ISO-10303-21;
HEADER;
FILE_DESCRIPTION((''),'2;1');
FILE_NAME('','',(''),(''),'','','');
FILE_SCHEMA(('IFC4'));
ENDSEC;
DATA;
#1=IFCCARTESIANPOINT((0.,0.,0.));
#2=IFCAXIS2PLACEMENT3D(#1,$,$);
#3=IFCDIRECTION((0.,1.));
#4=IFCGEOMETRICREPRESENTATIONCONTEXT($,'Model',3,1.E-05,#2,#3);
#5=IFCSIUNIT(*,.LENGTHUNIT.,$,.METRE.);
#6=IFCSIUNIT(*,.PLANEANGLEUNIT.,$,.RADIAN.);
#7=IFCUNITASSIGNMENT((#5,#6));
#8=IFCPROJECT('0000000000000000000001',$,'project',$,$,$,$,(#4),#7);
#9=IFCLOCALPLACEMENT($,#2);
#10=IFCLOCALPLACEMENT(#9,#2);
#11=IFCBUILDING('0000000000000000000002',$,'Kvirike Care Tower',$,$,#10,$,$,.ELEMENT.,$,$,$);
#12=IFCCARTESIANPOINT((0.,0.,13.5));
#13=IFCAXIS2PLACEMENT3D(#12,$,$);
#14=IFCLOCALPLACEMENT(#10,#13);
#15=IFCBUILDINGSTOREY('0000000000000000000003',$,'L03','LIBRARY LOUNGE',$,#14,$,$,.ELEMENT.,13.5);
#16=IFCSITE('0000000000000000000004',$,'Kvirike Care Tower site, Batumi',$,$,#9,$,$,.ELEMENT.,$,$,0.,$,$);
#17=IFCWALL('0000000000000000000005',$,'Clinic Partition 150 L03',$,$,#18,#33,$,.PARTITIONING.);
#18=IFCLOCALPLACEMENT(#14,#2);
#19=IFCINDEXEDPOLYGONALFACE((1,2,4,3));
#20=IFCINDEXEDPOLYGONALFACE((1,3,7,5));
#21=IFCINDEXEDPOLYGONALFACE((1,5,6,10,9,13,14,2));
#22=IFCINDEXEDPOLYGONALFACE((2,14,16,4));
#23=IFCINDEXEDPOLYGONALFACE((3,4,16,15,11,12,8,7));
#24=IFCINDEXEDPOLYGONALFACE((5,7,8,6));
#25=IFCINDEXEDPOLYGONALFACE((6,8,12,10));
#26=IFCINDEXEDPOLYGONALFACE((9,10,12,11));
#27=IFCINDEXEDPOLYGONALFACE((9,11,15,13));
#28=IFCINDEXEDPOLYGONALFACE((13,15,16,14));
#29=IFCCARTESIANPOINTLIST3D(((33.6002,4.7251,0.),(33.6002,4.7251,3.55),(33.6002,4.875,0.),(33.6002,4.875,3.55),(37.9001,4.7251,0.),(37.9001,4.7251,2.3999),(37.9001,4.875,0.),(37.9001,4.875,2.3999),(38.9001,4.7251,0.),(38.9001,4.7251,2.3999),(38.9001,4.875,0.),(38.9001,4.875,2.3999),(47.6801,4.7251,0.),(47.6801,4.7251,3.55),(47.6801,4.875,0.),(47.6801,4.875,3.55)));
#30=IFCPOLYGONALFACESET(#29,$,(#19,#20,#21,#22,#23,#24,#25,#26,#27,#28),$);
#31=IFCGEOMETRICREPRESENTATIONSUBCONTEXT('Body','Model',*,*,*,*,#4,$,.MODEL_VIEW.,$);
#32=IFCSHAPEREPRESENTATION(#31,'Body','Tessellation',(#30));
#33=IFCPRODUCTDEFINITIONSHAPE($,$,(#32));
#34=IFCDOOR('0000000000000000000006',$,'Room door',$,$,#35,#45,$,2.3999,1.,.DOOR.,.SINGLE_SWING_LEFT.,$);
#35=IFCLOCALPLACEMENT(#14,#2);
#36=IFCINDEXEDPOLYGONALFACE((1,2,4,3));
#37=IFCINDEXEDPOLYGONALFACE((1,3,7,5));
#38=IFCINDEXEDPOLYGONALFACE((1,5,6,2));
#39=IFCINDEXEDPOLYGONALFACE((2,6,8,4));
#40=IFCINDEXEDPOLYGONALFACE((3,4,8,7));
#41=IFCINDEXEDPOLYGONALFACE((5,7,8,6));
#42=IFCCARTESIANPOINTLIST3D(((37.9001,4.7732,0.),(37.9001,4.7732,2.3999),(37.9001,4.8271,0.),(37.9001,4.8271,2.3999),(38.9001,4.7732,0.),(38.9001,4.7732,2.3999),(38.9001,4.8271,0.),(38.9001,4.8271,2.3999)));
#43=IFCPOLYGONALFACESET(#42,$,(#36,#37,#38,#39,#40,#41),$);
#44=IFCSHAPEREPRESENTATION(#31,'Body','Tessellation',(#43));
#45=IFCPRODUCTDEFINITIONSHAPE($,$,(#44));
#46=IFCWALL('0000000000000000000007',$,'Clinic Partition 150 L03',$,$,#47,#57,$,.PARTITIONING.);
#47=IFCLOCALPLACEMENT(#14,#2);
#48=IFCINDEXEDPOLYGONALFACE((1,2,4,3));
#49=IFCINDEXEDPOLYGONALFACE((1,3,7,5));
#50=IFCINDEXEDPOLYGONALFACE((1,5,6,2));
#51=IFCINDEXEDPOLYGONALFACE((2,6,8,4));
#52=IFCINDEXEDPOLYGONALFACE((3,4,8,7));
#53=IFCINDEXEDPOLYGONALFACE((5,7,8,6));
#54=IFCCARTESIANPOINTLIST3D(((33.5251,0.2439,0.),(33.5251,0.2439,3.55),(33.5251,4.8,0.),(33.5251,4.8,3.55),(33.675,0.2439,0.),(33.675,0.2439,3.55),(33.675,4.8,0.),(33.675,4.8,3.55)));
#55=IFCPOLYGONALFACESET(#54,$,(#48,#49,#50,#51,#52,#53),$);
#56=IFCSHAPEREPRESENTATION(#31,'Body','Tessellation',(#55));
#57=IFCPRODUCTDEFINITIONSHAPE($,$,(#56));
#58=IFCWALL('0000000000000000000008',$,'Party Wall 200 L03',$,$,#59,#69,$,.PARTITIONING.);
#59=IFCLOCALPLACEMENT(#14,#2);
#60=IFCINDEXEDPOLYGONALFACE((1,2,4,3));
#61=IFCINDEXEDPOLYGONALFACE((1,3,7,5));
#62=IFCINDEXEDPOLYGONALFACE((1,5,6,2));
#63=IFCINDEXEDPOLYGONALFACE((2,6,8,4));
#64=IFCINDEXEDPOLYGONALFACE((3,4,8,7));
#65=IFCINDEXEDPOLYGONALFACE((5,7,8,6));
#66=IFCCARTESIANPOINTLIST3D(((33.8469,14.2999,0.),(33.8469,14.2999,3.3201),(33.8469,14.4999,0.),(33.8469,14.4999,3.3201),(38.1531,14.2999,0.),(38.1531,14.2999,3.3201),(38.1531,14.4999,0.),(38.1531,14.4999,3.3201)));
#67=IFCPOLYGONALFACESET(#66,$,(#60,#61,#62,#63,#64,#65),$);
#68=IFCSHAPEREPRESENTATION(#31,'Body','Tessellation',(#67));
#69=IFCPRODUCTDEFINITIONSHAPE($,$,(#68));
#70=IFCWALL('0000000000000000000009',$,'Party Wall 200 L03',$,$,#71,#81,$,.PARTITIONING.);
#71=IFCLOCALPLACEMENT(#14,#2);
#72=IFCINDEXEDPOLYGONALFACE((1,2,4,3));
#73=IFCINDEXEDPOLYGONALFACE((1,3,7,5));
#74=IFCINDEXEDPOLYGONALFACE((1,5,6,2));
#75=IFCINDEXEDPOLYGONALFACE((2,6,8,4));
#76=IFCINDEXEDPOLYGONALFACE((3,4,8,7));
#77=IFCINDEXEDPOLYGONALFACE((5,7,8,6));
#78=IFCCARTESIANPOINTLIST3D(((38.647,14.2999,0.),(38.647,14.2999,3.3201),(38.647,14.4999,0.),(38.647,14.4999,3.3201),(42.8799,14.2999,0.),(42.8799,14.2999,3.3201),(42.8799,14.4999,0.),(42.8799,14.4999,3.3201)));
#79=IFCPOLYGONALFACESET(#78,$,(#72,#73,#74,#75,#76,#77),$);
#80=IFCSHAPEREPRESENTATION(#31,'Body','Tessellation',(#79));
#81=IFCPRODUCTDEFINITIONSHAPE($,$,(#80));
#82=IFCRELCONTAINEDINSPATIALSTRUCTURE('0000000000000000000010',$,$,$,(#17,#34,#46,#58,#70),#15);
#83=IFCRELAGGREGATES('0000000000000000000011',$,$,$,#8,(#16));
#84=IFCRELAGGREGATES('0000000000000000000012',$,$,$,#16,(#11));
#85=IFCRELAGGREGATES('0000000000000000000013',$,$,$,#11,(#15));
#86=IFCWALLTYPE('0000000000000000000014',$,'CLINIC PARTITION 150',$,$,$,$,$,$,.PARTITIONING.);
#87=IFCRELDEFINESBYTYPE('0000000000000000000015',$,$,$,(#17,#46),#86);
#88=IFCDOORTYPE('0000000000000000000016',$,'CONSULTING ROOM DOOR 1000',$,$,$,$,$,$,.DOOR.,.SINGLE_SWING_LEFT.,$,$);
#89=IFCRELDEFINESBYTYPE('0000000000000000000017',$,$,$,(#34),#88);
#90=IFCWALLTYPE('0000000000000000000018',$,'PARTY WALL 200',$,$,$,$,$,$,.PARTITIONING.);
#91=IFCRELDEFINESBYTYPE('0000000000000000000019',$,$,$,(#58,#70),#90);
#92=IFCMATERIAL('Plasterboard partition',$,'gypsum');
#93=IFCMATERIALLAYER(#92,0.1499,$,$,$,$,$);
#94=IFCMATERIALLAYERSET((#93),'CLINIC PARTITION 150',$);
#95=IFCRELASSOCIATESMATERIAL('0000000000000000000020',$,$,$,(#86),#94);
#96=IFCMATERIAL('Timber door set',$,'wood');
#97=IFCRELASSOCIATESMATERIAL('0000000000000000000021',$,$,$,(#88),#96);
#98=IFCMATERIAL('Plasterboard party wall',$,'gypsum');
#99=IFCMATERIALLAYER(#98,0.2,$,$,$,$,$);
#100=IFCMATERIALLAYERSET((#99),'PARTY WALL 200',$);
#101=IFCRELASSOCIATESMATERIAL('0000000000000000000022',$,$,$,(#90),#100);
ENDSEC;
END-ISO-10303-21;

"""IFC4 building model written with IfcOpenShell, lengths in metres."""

from ifc_helpers import new_model, si_unit, direction, frame, frame_2d, origin, place, context, subcontext, project, spatial, rectangle, extrude, material, layer, layer_set, type_object, element, fill, save


model = new_model("IFC4")

# Units and contexts
model_context = context("Model", 3, precision=1e-05, world=origin(), true_north=direction((0.0, 1.0)))
body_context = subcontext(model_context, "Body", "Model", "MODEL_VIEW")
ifc_project = project(units=[si_unit("LENGTHUNIT", "METRE"), si_unit("PLANEANGLEUNIT", "RADIAN")], contexts=[model_context])

# Site, building, storey
site_placement = place(None, origin())
site = spatial("IfcSite", under=ifc_project, at=site_placement, Name="Kvirike Care Tower site, Batumi", CompositionType="ELEMENT", RefElevation=0.0)
building_placement = place(site_placement, origin())
building = spatial("IfcBuilding", under=site, at=building_placement, Name="Kvirike Care Tower", CompositionType="ELEMENT")
storey_placement = place(building_placement, frame((0.0, 0.0, 13.5)))
storey = spatial("IfcBuildingStorey", under=building, at=storey_placement, Name="L03", Description="LIBRARY LOUNGE", CompositionType="ELEMENT", Elevation=13.5)

# Shared definitions
ifc_material_1 = material(Name="Plasterboard partition", Category="gypsum")
ifc_layer_1 = layer(ifc_material_1, 0.1499)
ifc_layer_set_1 = layer_set([ifc_layer_1], Name="CLINIC PARTITION 150")
wall_type_1 = type_object("IfcWallType", Name="CLINIC PARTITION 150", PredefinedType="PARTITIONING", material=ifc_layer_set_1)

# Wall, opening, door
wall_1_placement = place(storey_placement, frame((33.6001, 4.8, 0.0), z_axis=(0.0, 0.0, 1.0), x_axis=(1.0, 0.0, 0.0)))
wall_1 = element("IfcWall", 1, at=wall_1_placement, inside=storey, type_object=wall_type_1, Name="Clinic Partition 150 L03", PredefinedType="PARTITIONING", context=body_context, shape_type="SweptSolid", body=[
    extrude(rectangle(XDim=14.0798, YDim=0.1499, at=frame_2d((7.04, 0.0))), origin(), (0.0, 0.0, 1.0), 3.55),
])
opening_placement = place(wall_1_placement, frame((4.3, 0.0, 0.0)))
opening = element("IfcOpeningElement", 2, at=opening_placement, cuts=wall_1, PredefinedType="OPENING", context=body_context, shape_type="SweptSolid", body=[
    extrude(rectangle(XDim=1.0, YDim=2.3999, at=frame_2d((0.5, 1.2))), frame((0.0, 0.0854, 0.0), z_axis=(0.0, -1.0, 0.0), x_axis=(1.0, 0.0, 0.0)), (0.0, 0.0, 1.0), 0.1709),
])
ifc_material_2 = material(Name="Timber door set", Category="wood")
door_type = type_object("IfcDoorType", Name="CONSULTING ROOM DOOR 1000", OperationType="SINGLE_SWING_LEFT", PredefinedType="DOOR", material=ifc_material_2)
door_placement = place(opening_placement, frame((1.0, 0.0, 0.0), z_axis=(0.0, 0.0, 1.0), x_axis=(-1.0, 0.0, 0.0)))
door = element("IfcDoor", 3, at=door_placement, inside=storey, type_object=door_type, Name="Room door", OperationType="SINGLE_SWING_LEFT", OverallHeight=2.3999, OverallWidth=1.0, PredefinedType="DOOR", context=body_context, shape_type="SweptSolid", body=[
    extrude(rectangle(XDim=1.0, YDim=2.3999, at=frame_2d((0.5, 1.2))), frame((0.0, 0.0269, 0.0), z_axis=(0.0, -1.0, 0.0), x_axis=(1.0, 0.0, 0.0)), (0.0, 0.0, 1.0), 0.054),
])
fill(opening, door)

# Walls
wall_2_placement = place(storey_placement, frame((33.6001, 0.2439, 0.0), z_axis=(0.0, 0.0, 1.0), x_axis=(0.0, 1.0, 0.0)))
element("IfcWall", 4, at=wall_2_placement, inside=storey, type_object=wall_type_1, Name="Clinic Partition 150 L03", PredefinedType="PARTITIONING", context=body_context, shape_type="SweptSolid", body=[
    extrude(rectangle(XDim=4.5562, YDim=0.1499, at=frame_2d((2.2781, 0.0))), origin(), (0.0, 0.0, 1.0), 3.55),
])
ifc_material_3 = material(Name="Plasterboard party wall", Category="gypsum")
ifc_layer_2 = layer(ifc_material_3, 0.2)
ifc_layer_set_2 = layer_set([ifc_layer_2], Name="PARTY WALL 200")
wall_type_2 = type_object("IfcWallType", Name="PARTY WALL 200", PredefinedType="PARTITIONING", material=ifc_layer_set_2)
wall_3_placement = place(storey_placement, frame((33.8469, 14.3999, 0.0), z_axis=(0.0, 0.0, 1.0), x_axis=(1.0, 0.0, 0.0)))
element("IfcWall", 5, at=wall_3_placement, inside=storey, type_object=wall_type_2, Name="Party Wall 200 L03", PredefinedType="PARTITIONING", context=body_context, shape_type="SweptSolid", body=[
    extrude(rectangle(XDim=4.3062, YDim=0.2, at=frame_2d((2.1531, 0.0))), origin(), (0.0, 0.0, 1.0), 3.3201),
])
wall_4_placement = place(storey_placement, frame((38.647, 14.3999, 0.0), z_axis=(0.0, 0.0, 1.0), x_axis=(1.0, 0.0, 0.0)))
element("IfcWall", 6, at=wall_4_placement, inside=storey, type_object=wall_type_2, Name="Party Wall 200 L03", PredefinedType="PARTITIONING", context=body_context, shape_type="SweptSolid", body=[
    extrude(rectangle(XDim=4.2329, YDim=0.2, at=frame_2d((2.1165, 0.0))), origin(), (0.0, 0.0, 1.0), 3.3201),
])

save(model, "model.ifc")
